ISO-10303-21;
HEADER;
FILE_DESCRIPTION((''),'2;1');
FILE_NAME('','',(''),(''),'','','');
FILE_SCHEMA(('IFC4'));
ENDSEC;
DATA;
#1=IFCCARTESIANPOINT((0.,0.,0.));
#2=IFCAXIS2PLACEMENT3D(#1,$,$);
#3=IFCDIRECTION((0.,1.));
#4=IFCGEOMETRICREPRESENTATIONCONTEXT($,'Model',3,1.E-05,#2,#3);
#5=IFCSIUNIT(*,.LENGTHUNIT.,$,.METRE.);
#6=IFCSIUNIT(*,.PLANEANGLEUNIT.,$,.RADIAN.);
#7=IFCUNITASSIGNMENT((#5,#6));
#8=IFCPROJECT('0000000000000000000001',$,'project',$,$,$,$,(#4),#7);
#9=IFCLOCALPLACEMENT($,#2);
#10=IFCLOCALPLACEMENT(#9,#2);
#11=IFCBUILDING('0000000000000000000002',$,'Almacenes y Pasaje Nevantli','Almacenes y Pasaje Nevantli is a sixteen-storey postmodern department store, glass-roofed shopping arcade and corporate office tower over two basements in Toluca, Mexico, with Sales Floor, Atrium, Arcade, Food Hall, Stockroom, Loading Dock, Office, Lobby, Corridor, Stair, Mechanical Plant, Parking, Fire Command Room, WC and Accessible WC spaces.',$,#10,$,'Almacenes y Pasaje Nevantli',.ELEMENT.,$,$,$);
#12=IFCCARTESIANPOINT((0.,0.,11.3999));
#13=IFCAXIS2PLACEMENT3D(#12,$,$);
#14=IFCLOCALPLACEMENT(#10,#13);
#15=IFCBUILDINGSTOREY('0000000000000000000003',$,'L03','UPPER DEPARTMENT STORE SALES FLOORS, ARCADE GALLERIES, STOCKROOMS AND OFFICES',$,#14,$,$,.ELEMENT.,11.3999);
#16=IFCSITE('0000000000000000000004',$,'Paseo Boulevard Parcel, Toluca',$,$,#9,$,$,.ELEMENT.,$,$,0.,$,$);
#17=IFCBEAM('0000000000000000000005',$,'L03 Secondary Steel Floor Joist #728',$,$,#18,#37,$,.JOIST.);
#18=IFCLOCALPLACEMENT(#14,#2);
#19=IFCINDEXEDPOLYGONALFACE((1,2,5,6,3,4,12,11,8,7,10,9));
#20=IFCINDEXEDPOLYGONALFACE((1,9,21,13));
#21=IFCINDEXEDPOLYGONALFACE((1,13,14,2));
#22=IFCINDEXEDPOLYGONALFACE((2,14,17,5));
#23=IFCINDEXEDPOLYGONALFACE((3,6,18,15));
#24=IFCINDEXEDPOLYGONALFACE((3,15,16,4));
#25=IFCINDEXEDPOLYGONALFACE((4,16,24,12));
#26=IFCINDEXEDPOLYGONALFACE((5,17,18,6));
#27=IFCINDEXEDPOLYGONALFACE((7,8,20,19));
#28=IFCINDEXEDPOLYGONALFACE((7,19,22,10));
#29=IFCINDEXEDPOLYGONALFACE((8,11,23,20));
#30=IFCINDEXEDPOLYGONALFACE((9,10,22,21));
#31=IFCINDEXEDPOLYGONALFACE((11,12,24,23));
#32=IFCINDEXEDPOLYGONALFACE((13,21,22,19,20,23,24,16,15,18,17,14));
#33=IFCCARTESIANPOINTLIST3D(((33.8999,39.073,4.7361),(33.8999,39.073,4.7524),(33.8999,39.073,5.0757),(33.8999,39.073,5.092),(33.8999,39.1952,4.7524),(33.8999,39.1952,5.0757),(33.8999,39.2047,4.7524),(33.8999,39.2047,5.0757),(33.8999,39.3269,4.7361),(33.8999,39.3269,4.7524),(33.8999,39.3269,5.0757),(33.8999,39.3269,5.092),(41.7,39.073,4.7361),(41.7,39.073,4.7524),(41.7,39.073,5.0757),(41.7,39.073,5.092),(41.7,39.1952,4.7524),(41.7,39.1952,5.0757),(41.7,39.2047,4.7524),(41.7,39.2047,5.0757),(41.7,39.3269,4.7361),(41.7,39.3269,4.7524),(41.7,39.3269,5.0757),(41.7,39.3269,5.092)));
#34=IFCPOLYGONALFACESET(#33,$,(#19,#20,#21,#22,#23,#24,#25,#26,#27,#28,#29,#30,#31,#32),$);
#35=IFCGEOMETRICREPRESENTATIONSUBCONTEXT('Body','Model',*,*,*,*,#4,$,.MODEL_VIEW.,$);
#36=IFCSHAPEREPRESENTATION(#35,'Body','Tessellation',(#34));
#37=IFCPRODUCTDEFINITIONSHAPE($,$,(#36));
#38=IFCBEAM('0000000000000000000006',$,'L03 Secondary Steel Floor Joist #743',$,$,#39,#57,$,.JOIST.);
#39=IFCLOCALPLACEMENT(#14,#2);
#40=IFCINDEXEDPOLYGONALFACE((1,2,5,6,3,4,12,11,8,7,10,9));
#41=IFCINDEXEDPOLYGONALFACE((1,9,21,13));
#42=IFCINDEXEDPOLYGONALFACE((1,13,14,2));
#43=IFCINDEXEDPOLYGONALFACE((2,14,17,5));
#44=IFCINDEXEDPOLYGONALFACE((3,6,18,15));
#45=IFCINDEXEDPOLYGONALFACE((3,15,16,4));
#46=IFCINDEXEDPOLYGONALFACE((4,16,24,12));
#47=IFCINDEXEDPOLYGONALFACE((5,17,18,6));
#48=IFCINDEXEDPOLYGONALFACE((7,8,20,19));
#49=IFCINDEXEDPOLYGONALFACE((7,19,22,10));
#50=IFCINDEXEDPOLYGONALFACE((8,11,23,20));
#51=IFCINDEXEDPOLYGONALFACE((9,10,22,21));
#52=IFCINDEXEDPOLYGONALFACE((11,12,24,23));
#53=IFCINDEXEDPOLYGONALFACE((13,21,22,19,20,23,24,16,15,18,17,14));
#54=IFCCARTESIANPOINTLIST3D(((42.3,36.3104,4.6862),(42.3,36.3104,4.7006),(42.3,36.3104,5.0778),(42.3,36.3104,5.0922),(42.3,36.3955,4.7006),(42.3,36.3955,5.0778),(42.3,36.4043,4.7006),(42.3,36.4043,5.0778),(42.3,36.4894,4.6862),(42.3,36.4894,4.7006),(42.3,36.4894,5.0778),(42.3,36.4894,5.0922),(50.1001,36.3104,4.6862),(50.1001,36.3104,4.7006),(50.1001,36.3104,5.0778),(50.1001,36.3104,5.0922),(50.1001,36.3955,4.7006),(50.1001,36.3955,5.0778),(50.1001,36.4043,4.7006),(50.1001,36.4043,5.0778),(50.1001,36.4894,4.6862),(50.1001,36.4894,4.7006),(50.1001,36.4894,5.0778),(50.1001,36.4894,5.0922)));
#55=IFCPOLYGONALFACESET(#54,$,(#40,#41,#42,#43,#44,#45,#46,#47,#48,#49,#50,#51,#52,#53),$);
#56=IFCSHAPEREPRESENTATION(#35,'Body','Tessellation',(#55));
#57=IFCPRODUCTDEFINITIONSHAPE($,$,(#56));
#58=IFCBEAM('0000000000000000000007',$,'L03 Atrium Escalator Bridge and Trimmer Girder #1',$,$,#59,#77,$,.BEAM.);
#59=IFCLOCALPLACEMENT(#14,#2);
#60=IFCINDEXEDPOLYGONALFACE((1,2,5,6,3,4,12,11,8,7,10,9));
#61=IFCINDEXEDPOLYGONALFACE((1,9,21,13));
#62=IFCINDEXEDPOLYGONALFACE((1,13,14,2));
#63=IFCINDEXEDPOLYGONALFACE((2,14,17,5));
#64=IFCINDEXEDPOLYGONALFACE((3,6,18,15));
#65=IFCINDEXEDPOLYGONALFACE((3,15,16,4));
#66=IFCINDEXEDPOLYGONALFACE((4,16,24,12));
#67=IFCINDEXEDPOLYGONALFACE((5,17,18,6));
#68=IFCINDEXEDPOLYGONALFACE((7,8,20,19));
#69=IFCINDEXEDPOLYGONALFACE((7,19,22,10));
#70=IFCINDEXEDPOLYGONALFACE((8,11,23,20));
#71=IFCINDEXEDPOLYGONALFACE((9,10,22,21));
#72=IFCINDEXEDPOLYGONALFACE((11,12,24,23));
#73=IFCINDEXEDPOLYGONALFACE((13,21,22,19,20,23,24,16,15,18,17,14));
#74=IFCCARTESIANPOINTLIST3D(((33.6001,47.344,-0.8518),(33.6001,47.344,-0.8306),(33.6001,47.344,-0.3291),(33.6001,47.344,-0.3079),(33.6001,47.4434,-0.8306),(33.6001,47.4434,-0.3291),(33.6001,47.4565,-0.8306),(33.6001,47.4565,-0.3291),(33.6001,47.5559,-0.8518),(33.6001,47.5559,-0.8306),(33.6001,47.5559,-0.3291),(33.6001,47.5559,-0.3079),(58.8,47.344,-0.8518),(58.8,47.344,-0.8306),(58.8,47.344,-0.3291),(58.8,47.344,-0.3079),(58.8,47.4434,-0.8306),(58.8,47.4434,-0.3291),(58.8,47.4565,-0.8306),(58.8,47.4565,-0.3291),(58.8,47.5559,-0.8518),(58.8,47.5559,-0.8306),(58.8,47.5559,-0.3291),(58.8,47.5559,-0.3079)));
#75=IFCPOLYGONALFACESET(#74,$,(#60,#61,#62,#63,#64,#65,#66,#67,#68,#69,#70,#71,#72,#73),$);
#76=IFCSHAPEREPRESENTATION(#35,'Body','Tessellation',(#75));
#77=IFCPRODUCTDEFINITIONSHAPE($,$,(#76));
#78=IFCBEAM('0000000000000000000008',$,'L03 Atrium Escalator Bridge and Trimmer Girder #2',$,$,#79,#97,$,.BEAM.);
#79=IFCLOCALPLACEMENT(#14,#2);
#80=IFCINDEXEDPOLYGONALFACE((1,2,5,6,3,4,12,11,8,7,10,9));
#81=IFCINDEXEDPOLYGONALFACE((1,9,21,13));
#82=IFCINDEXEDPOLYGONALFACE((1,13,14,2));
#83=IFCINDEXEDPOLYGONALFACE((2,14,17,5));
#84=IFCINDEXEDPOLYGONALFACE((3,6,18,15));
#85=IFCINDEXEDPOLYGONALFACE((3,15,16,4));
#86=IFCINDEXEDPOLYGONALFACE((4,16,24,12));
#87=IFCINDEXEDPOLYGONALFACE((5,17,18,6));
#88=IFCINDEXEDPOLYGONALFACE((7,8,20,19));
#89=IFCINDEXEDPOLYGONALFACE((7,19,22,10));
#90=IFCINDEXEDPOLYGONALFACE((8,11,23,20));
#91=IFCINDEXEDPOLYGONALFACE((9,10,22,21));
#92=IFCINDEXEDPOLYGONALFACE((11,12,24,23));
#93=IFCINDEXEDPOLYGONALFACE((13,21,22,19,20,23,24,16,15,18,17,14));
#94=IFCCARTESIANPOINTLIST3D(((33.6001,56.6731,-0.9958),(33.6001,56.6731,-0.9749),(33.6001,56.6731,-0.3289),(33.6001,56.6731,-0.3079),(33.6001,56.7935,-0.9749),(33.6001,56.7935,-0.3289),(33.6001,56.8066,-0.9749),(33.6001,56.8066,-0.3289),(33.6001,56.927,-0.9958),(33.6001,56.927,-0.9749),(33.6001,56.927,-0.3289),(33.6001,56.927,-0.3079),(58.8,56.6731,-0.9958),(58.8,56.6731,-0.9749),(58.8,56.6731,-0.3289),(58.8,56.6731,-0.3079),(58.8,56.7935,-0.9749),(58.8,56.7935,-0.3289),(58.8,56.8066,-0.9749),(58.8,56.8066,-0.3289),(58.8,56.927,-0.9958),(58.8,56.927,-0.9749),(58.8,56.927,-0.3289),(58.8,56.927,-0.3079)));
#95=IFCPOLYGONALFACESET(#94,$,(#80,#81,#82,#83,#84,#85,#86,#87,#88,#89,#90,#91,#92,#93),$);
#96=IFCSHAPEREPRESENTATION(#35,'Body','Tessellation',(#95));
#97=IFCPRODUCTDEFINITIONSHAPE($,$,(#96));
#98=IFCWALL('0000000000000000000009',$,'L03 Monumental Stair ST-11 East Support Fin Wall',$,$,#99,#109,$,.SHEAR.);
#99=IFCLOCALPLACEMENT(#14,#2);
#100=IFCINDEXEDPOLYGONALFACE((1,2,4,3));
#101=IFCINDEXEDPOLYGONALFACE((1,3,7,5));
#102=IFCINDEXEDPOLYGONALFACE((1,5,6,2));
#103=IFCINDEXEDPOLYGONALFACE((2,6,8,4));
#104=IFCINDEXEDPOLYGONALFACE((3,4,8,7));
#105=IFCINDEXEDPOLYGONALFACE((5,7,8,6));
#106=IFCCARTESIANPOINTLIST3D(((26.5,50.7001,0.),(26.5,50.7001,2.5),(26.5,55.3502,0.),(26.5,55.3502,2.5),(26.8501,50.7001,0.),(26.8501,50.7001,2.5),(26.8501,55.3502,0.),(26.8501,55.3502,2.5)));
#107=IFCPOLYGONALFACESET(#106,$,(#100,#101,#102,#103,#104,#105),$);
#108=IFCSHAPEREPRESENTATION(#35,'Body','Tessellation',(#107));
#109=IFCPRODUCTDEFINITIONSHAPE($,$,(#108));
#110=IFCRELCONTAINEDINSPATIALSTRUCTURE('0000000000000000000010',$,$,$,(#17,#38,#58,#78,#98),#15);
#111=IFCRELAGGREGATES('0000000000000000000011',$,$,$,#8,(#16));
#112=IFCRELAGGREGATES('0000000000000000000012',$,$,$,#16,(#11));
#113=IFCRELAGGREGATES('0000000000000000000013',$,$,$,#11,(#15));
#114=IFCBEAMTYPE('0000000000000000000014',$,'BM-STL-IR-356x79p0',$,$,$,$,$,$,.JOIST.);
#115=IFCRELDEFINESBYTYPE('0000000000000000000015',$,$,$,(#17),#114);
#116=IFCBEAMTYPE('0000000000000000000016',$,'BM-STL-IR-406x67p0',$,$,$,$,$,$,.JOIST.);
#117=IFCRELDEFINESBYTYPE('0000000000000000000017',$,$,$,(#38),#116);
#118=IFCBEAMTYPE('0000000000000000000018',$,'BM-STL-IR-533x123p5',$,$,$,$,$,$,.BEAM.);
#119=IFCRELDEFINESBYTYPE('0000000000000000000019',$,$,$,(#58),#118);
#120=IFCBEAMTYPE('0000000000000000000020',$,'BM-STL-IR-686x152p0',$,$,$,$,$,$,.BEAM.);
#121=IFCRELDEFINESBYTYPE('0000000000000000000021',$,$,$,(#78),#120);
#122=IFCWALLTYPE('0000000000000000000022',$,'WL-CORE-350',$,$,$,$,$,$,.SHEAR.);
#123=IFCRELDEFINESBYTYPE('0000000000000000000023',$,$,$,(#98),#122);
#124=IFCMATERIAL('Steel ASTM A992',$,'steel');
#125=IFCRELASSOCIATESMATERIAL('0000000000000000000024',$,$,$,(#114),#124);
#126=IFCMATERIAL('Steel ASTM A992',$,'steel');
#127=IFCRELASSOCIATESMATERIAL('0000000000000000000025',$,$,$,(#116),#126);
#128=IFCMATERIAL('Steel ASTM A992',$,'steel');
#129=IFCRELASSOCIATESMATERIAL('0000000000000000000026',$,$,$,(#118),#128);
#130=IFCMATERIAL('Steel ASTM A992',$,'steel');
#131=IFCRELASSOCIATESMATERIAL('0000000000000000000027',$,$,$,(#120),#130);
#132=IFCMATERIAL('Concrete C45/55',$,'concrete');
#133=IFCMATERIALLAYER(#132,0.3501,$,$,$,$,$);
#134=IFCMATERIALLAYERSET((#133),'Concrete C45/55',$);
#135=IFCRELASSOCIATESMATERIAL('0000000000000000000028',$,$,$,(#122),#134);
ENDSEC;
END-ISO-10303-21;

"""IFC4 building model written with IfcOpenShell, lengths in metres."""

from ifc_helpers import new_model, si_unit, direction, frame, frame_2d, origin, origin_2d, place, context, subcontext, project, spatial, rectangle, i_section, extrude, material, layer, layer_set, material_profile, profile_set, type_object, element, save


model = new_model("IFC4")

# Units and contexts
model_context = context("Model", 3, precision=1e-05, world=origin(), true_north=direction((0.0, 1.0)))
body_context = subcontext(model_context, "Body", "Model", "MODEL_VIEW")
ifc_project = project(units=[si_unit("LENGTHUNIT", "METRE"), si_unit("PLANEANGLEUNIT", "RADIAN")], contexts=[model_context])

# Site, building, storey
site_placement = place(None, origin())
site = spatial("IfcSite", under=ifc_project, at=site_placement, Name="Paseo Boulevard Parcel, Toluca", CompositionType="ELEMENT", RefElevation=0.0)
building_placement = place(site_placement, origin())
building = spatial("IfcBuilding", under=site, at=building_placement, Name="Almacenes y Pasaje Nevantli", Description="Almacenes y Pasaje Nevantli is a sixteen-storey postmodern department store, glass-roofed shopping arcade and corporate office tower over two basements in Toluca, Mexico, with Sales Floor, Atrium, Arcade, Food Hall, Stockroom, Loading Dock, Office, Lobby, Corridor, Stair, Mechanical Plant, Parking, Fire Command Room, WC and Accessible WC spaces.", LongName="Almacenes y Pasaje Nevantli", CompositionType="ELEMENT")
storey_placement = place(building_placement, frame((0.0, 0.0, 11.3999)))
storey = spatial("IfcBuildingStorey", under=building, at=storey_placement, Name="L03", Description="UPPER DEPARTMENT STORE SALES FLOORS, ARCADE GALLERIES, STOCKROOMS AND OFFICES", CompositionType="ELEMENT", Elevation=11.3999)

# Beams
ifc_material_1 = material(Name="Steel ASTM A992", Category="steel")
ifc_material_profile_1 = material_profile(ifc_material_1, i_section(OverallWidth=0.2539, OverallDepth=0.356, WebThickness=0.0095, FlangeThickness=0.0164, at=origin_2d()), Name="IR 356x79.0")
ifc_profile_set_1 = profile_set([ifc_material_profile_1], Name="Steel ASTM A992")
beam_type_1 = type_object("IfcBeamType", Name="BM-STL-IR-356x79p0", PredefinedType="JOIST", material=ifc_profile_set_1)
for number, where, z_axis, x_axis, name in (
    (1, (33.8999, 39.2, 4.9141), (1.0, 0.0, 0.0), (0.0, 1.0, 0.0), "L03 Secondary Steel Floor Joist #728"),
):
    element("IfcBeam", number, at=place(storey_placement, frame(where, z_axis=z_axis, x_axis=x_axis)), inside=storey, type_object=beam_type_1, Name=name, PredefinedType="JOIST", context=body_context, shape_type="SweptSolid", body=[
        extrude(i_section(OverallWidth=0.2539, OverallDepth=0.356, WebThickness=0.0095, FlangeThickness=0.0164, at=origin_2d()), origin(), (0.0, 0.0, 1.0), 7.8),
    ])
ifc_material_2 = material(Name="Steel ASTM A992", Category="steel")
ifc_material_profile_2 = material_profile(ifc_material_2, i_section(OverallWidth=0.179, OverallDepth=0.406, WebThickness=0.0088, FlangeThickness=0.0144, at=origin_2d()), Name="IR 406x67.0")
ifc_profile_set_2 = profile_set([ifc_material_profile_2], Name="Steel ASTM A992")
beam_type_2 = type_object("IfcBeamType", Name="BM-STL-IR-406x67p0", PredefinedType="JOIST", material=ifc_profile_set_2)
beam_1_placement = place(storey_placement, frame((42.3, 36.3999, 4.8892), z_axis=(1.0, 0.0, 0.0), x_axis=(0.0, 1.0, 0.0)))
element("IfcBeam", 2, at=beam_1_placement, inside=storey, type_object=beam_type_2, Name="L03 Secondary Steel Floor Joist #743", PredefinedType="JOIST", context=body_context, shape_type="SweptSolid", body=[
    extrude(i_section(OverallWidth=0.179, OverallDepth=0.406, WebThickness=0.0088, FlangeThickness=0.0144, at=origin_2d()), origin(), (0.0, 0.0, 1.0), 7.8),
])
ifc_material_3 = material(Name="Steel ASTM A992", Category="steel")
ifc_material_profile_3 = material_profile(ifc_material_3, i_section(OverallWidth=0.2119, OverallDepth=0.5439, WebThickness=0.0132, FlangeThickness=0.0212, at=origin_2d()), Name="IR 533x123.5")
ifc_profile_set_3 = profile_set([ifc_material_profile_3], Name="Steel ASTM A992")
beam_type_3 = type_object("IfcBeamType", Name="BM-STL-IR-533x123p5", PredefinedType="BEAM", material=ifc_profile_set_3)
beam_2_placement = place(storey_placement, frame((33.6001, 47.45, -0.5798), z_axis=(1.0, 0.0, 0.0), x_axis=(0.0, 1.0, 0.0)))
element("IfcBeam", 3, at=beam_2_placement, inside=storey, type_object=beam_type_3, Name="L03 Atrium Escalator Bridge and Trimmer Girder #1", PredefinedType="BEAM", context=body_context, shape_type="SweptSolid", body=[
    extrude(i_section(OverallWidth=0.2119, OverallDepth=0.5439, WebThickness=0.0132, FlangeThickness=0.0212, at=origin_2d()), origin(), (0.0, 0.0, 1.0), 25.2),
])
ifc_material_4 = material(Name="Steel ASTM A992", Category="steel")
ifc_material_profile_4 = material_profile(ifc_material_4, i_section(OverallWidth=0.2539, OverallDepth=0.688, WebThickness=0.0132, FlangeThickness=0.021, at=origin_2d()), Name="IR 686x152.0")
ifc_profile_set_4 = profile_set([ifc_material_profile_4], Name="Steel ASTM A992")
beam_type_4 = type_object("IfcBeamType", Name="BM-STL-IR-686x152p0", PredefinedType="BEAM", material=ifc_profile_set_4)
beam_3_placement = place(storey_placement, frame((33.6001, 56.8, -0.6519), z_axis=(1.0, 0.0, 0.0), x_axis=(0.0, 1.0, 0.0)))
element("IfcBeam", 4, at=beam_3_placement, inside=storey, type_object=beam_type_4, Name="L03 Atrium Escalator Bridge and Trimmer Girder #2", PredefinedType="BEAM", context=body_context, shape_type="SweptSolid", body=[
    extrude(i_section(OverallWidth=0.2539, OverallDepth=0.688, WebThickness=0.0132, FlangeThickness=0.021, at=origin_2d()), origin(), (0.0, 0.0, 1.0), 25.2),
])

# Wall
ifc_material_5 = material(Name="Concrete C45/55", Category="concrete")
ifc_layer = layer(ifc_material_5, 0.3501)
ifc_layer_set = layer_set([ifc_layer], Name="Concrete C45/55")
wall_type = type_object("IfcWallType", Name="WL-CORE-350", PredefinedType="SHEAR", material=ifc_layer_set)
wall_placement = place(storey_placement, frame((26.675, 50.7, 0.0), z_axis=(0.0, 0.0, 1.0), x_axis=(0.0, 1.0, 0.0)))
element("IfcWall", 5, at=wall_placement, inside=storey, type_object=wall_type, Name="L03 Monumental Stair ST-11 East Support Fin Wall", PredefinedType="SHEAR", context=body_context, shape_type="SweptSolid", body=[
    extrude(rectangle(XDim=4.6501, YDim=0.3501, at=frame_2d((2.3252, 0.0))), origin(), (0.0, 0.0, 1.0), 2.5),
])

save(model, "model.ifc")
